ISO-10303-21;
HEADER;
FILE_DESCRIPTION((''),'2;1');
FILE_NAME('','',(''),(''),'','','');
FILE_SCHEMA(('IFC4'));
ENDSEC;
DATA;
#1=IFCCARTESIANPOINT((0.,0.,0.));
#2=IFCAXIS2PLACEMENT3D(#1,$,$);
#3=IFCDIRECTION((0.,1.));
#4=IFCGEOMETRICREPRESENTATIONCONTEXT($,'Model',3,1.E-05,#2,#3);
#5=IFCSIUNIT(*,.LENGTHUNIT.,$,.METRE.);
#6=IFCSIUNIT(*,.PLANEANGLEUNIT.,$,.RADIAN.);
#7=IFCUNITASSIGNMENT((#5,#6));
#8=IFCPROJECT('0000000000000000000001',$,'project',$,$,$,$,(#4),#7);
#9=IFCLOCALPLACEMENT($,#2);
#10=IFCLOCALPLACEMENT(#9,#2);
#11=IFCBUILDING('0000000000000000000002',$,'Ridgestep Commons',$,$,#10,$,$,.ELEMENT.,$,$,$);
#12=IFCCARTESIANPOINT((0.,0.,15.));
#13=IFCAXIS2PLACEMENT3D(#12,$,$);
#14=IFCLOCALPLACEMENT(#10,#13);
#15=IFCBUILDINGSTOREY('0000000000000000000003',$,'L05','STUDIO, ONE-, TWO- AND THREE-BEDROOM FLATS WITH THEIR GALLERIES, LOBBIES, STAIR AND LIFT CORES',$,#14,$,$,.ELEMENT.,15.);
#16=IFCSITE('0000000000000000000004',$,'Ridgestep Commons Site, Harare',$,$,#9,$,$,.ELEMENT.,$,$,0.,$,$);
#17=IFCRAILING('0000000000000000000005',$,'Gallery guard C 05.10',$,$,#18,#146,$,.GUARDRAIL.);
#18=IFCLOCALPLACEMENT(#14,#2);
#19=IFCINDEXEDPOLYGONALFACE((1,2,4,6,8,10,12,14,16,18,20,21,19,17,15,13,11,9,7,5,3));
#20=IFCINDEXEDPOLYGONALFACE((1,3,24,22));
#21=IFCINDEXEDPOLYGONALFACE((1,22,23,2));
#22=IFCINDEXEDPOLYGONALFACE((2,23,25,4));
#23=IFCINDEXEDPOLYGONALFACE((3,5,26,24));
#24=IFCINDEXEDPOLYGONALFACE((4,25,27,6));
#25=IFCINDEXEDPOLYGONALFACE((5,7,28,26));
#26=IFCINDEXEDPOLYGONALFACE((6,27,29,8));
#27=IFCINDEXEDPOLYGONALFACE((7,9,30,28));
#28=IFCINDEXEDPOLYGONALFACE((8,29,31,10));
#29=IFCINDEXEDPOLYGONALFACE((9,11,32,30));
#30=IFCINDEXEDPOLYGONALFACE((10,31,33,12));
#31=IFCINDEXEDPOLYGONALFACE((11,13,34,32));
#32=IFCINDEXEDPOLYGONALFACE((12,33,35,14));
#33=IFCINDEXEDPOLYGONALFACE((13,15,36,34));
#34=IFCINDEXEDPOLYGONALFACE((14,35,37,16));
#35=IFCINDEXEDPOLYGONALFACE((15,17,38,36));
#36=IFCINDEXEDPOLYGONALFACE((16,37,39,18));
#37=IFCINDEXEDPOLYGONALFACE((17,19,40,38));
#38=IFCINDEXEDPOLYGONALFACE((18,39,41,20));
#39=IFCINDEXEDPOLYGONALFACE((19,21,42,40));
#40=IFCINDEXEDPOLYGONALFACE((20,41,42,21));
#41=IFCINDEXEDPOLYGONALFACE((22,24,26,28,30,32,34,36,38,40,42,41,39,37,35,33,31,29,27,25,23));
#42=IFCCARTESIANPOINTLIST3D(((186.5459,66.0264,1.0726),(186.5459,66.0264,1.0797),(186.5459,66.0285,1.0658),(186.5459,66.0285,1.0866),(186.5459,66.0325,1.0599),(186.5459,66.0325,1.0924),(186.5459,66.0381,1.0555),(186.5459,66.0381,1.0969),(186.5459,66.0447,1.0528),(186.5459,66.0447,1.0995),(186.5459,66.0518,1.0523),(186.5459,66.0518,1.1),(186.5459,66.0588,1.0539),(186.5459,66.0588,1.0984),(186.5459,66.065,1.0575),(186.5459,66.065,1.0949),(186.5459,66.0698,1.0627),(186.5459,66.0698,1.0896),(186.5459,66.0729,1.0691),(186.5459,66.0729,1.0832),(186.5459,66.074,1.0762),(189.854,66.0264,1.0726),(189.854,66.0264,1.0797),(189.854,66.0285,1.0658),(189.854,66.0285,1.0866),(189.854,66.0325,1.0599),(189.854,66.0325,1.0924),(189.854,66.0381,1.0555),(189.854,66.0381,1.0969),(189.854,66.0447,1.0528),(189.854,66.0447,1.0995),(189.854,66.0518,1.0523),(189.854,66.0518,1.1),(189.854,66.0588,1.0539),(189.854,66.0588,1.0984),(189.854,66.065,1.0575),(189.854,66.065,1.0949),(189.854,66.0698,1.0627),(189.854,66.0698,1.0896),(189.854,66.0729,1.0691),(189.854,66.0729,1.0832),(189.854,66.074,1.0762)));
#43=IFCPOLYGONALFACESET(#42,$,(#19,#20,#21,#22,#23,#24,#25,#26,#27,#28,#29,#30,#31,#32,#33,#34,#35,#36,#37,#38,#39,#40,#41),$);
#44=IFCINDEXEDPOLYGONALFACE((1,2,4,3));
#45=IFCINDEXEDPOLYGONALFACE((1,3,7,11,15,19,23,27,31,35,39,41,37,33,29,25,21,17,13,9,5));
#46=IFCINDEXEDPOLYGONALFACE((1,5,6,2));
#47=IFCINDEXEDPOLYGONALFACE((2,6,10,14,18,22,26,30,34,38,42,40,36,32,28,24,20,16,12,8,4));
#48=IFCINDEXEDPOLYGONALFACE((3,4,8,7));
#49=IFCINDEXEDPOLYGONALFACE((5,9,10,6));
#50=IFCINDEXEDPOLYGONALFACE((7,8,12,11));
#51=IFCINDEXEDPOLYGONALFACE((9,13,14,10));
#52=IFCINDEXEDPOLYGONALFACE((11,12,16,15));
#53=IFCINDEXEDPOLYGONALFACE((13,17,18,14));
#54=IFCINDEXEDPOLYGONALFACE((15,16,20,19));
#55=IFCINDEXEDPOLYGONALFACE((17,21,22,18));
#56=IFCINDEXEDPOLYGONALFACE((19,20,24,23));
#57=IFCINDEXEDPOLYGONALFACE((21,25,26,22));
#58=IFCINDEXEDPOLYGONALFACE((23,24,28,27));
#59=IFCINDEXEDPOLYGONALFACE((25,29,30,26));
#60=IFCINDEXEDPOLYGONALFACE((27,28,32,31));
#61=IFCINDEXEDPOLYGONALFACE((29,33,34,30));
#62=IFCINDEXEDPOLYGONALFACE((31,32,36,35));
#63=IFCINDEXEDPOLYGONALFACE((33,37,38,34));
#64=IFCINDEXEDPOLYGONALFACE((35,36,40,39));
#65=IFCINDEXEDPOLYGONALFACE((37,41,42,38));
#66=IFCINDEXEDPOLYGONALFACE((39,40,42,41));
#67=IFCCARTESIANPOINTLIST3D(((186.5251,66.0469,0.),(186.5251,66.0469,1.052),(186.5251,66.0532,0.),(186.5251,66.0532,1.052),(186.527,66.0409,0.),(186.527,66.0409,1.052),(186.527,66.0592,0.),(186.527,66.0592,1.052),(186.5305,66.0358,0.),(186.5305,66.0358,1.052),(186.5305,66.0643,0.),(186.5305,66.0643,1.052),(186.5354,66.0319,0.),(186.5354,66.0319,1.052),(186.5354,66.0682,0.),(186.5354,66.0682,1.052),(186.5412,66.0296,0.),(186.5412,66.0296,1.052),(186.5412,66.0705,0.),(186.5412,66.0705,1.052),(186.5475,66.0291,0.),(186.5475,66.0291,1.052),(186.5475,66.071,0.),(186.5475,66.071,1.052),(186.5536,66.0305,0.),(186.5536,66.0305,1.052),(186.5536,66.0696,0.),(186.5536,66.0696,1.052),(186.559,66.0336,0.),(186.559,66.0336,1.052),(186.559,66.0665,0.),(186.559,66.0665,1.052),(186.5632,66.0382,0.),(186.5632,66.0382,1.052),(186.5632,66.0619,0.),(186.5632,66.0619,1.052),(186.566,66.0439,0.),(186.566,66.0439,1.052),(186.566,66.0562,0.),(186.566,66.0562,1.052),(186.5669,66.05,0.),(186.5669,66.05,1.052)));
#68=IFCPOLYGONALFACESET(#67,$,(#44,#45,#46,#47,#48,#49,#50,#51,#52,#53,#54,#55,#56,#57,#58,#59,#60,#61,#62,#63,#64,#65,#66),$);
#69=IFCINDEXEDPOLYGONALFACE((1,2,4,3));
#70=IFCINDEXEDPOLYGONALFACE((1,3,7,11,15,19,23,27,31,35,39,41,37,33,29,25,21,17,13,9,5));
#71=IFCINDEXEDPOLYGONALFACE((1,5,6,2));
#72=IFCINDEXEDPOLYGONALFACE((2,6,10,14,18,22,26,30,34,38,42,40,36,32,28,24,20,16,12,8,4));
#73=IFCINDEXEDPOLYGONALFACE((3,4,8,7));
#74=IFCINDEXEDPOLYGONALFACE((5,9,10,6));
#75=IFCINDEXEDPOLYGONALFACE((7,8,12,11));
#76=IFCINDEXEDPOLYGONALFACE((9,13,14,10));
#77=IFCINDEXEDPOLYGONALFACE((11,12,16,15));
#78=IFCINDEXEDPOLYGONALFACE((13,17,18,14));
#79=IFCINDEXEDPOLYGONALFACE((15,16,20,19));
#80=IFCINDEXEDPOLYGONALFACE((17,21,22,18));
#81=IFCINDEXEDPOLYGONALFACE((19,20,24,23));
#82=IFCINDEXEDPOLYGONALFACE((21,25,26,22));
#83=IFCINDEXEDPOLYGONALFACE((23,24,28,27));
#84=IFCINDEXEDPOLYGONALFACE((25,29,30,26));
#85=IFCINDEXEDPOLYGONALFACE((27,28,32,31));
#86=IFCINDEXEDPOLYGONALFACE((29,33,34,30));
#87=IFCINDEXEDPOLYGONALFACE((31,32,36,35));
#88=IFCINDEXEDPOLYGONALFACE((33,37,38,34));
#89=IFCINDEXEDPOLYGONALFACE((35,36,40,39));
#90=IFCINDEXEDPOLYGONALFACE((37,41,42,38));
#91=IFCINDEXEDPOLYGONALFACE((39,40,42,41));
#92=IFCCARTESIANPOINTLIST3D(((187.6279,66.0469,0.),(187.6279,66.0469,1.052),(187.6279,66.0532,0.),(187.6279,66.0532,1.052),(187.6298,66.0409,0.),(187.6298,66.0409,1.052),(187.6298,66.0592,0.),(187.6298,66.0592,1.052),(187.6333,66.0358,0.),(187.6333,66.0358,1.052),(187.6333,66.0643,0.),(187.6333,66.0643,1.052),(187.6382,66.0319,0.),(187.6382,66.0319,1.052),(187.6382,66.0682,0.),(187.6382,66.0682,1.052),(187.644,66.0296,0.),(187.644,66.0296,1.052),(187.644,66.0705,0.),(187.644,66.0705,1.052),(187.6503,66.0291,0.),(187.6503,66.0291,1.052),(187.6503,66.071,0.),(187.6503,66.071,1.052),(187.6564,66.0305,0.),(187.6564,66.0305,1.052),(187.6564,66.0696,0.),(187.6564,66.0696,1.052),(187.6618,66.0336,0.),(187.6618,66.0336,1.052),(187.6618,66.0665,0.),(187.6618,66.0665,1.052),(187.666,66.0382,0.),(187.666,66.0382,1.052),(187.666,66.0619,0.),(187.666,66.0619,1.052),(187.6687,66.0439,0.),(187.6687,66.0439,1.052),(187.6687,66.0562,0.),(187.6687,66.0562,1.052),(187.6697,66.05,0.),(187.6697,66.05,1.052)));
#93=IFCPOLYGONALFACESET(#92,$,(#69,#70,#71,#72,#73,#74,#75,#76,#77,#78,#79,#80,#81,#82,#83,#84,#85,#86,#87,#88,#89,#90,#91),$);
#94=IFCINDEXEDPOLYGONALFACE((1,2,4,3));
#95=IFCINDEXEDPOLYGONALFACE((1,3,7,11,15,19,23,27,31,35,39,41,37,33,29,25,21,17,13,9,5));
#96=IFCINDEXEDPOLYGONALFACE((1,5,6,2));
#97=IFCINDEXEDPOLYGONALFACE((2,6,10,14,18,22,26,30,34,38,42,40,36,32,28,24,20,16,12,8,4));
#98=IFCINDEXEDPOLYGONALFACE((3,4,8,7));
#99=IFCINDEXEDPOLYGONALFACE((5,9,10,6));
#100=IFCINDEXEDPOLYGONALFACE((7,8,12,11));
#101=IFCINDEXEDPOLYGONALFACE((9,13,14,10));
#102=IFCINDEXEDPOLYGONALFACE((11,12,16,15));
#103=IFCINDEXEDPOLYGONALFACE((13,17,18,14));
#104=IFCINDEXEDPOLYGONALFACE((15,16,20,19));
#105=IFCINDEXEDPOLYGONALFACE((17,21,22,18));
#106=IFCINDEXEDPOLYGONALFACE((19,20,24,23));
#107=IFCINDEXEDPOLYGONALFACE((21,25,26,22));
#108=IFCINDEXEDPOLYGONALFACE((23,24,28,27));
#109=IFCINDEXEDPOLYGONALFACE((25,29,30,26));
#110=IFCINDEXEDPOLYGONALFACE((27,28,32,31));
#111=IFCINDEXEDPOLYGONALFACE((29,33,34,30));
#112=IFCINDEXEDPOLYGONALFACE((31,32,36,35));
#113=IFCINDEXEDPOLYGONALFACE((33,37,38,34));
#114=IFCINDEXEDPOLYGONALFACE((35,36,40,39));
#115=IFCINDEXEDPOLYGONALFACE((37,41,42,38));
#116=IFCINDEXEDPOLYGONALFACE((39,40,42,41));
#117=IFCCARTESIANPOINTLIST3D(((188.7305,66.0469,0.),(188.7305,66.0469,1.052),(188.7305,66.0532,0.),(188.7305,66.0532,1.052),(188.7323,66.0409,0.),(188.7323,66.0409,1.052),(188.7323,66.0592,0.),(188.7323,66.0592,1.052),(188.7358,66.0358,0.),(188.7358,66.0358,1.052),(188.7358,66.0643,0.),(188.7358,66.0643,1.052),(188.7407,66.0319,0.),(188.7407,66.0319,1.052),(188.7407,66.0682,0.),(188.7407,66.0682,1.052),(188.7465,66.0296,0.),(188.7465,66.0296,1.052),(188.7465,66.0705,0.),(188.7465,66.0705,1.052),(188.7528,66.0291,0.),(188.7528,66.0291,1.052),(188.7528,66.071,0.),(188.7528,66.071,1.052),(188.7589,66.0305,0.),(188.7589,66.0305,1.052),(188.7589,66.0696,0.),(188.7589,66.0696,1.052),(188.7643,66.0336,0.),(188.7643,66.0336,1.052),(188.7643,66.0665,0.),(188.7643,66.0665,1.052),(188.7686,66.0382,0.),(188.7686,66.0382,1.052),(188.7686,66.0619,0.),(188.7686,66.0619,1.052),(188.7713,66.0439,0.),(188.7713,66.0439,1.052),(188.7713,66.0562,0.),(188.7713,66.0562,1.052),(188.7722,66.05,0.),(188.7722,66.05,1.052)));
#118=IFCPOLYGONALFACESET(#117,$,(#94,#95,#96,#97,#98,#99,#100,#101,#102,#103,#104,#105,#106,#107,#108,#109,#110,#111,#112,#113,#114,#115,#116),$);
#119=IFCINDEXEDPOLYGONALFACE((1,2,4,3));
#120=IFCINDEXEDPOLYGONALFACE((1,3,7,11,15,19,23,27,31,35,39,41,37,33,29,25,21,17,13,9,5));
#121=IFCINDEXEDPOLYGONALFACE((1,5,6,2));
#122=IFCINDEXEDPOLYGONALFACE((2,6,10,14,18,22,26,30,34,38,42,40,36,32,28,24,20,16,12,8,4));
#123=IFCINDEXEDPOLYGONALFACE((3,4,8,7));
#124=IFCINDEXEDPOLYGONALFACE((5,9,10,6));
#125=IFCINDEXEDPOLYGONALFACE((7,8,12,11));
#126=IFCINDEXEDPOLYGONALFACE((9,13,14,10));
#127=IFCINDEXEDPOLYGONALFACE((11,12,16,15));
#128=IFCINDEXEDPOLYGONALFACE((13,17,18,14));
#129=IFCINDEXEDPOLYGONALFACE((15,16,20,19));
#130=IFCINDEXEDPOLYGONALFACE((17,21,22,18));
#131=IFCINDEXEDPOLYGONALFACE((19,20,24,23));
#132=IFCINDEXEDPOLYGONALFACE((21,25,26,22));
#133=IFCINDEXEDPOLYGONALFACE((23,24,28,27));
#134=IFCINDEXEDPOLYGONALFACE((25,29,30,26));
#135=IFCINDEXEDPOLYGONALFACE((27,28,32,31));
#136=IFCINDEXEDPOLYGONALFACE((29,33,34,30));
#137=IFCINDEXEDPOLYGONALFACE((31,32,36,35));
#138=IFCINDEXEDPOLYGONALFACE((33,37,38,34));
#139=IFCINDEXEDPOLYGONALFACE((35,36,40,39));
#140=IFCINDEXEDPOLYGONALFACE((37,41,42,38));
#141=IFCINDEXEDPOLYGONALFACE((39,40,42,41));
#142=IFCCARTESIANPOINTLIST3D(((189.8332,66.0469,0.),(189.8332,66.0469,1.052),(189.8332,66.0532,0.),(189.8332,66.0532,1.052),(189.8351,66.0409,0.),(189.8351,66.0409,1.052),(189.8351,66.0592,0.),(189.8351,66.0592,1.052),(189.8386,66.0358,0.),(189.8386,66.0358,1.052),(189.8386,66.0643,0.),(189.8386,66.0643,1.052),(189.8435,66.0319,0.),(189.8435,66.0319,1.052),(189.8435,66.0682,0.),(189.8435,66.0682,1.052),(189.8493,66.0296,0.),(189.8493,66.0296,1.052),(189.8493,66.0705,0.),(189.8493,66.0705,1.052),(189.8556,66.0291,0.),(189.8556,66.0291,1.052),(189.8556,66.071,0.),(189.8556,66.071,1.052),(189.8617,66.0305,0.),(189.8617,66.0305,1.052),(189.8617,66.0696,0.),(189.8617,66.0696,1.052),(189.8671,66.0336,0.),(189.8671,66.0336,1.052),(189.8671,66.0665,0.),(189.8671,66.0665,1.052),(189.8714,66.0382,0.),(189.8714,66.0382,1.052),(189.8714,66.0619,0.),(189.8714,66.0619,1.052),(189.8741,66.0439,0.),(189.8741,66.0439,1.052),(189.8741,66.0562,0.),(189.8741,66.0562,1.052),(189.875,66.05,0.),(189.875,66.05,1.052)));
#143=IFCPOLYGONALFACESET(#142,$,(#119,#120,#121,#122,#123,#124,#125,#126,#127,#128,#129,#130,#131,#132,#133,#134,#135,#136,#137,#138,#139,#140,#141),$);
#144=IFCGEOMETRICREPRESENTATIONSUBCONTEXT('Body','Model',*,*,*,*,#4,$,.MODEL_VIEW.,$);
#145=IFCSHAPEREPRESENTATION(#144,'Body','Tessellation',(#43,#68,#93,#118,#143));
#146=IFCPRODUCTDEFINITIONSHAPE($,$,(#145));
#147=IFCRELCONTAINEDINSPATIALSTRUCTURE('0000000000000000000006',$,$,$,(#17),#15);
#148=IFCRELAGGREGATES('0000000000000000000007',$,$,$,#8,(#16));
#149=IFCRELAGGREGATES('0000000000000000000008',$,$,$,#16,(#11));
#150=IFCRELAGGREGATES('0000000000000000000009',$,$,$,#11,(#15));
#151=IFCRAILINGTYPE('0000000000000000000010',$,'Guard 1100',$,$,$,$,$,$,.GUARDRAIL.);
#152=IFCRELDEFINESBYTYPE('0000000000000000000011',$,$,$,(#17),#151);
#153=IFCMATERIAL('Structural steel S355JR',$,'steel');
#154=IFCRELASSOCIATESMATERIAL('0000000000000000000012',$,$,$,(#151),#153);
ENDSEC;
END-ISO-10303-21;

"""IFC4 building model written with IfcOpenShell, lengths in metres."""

from ifc_helpers import new_model, si_unit, direction, frame, origin, origin_2d, place, context, subcontext, project, spatial, circle, extrude, material, type_object, element, save


model = new_model("IFC4")

# Units and contexts
model_context = context("Model", 3, precision=1e-05, world=origin(), true_north=direction((0.0, 1.0)))
body_context = subcontext(model_context, "Body", "Model", "MODEL_VIEW")
ifc_project = project(units=[si_unit("LENGTHUNIT", "METRE"), si_unit("PLANEANGLEUNIT", "RADIAN")], contexts=[model_context])

# Site, building, storey
site_placement = place(None, origin())
site = spatial("IfcSite", under=ifc_project, at=site_placement, Name="Ridgestep Commons Site, Harare", CompositionType="ELEMENT", RefElevation=0.0)
building_placement = place(site_placement, origin())
building = spatial("IfcBuilding", under=site, at=building_placement, Name="Ridgestep Commons", CompositionType="ELEMENT")
storey_placement = place(building_placement, frame((0.0, 0.0, 15.0)))
storey = spatial("IfcBuildingStorey", under=building, at=storey_placement, Name="L05", Description="STUDIO, ONE-, TWO- AND THREE-BEDROOM FLATS WITH THEIR GALLERIES, LOBBIES, STAIR AND LIFT CORES", CompositionType="ELEMENT", Elevation=15.0)

# Railing
ifc_material_1 = material(Name="Structural steel S355JR", Category="steel")
railing_type = type_object("IfcRailingType", Name="Guard 1100", PredefinedType="GUARDRAIL", material=ifc_material_1)
for number, where, name in (
    (1, (186.5459, 66.05, 0.0), "Gallery guard C 05.10"),
):
    element("IfcRailing", number, at=place(storey_placement, frame(where)), inside=storey, type_object=railing_type, Name=name, PredefinedType="GUARDRAIL", context=body_context, shape_type="SweptSolid", body=[
        extrude(circle(Radius=0.0239, at=origin_2d()), frame((0.0, 0.0, 1.0762), z_axis=(1.0, 0.0, 0.0), x_axis=(0.0, 1.0, 0.0)), (0.0, 0.0, 1.0), 3.3081),
        extrude(circle(Radius=0.021, at=origin_2d()), origin(), (0.0, 0.0, 1.0), 1.052),
        extrude(circle(Radius=0.021, at=origin_2d()), frame((1.1028, 0.0, 0.0)), (0.0, 0.0, 1.0), 1.052),
        extrude(circle(Radius=0.021, at=origin_2d()), frame((2.2053, 0.0, 0.0)), (0.0, 0.0, 1.0), 1.052),
        extrude(circle(Radius=0.021, at=origin_2d()), frame((3.3081, 0.0, 0.0)), (0.0, 0.0, 1.0), 1.052),
    ])

save(model, "model.ifc")
